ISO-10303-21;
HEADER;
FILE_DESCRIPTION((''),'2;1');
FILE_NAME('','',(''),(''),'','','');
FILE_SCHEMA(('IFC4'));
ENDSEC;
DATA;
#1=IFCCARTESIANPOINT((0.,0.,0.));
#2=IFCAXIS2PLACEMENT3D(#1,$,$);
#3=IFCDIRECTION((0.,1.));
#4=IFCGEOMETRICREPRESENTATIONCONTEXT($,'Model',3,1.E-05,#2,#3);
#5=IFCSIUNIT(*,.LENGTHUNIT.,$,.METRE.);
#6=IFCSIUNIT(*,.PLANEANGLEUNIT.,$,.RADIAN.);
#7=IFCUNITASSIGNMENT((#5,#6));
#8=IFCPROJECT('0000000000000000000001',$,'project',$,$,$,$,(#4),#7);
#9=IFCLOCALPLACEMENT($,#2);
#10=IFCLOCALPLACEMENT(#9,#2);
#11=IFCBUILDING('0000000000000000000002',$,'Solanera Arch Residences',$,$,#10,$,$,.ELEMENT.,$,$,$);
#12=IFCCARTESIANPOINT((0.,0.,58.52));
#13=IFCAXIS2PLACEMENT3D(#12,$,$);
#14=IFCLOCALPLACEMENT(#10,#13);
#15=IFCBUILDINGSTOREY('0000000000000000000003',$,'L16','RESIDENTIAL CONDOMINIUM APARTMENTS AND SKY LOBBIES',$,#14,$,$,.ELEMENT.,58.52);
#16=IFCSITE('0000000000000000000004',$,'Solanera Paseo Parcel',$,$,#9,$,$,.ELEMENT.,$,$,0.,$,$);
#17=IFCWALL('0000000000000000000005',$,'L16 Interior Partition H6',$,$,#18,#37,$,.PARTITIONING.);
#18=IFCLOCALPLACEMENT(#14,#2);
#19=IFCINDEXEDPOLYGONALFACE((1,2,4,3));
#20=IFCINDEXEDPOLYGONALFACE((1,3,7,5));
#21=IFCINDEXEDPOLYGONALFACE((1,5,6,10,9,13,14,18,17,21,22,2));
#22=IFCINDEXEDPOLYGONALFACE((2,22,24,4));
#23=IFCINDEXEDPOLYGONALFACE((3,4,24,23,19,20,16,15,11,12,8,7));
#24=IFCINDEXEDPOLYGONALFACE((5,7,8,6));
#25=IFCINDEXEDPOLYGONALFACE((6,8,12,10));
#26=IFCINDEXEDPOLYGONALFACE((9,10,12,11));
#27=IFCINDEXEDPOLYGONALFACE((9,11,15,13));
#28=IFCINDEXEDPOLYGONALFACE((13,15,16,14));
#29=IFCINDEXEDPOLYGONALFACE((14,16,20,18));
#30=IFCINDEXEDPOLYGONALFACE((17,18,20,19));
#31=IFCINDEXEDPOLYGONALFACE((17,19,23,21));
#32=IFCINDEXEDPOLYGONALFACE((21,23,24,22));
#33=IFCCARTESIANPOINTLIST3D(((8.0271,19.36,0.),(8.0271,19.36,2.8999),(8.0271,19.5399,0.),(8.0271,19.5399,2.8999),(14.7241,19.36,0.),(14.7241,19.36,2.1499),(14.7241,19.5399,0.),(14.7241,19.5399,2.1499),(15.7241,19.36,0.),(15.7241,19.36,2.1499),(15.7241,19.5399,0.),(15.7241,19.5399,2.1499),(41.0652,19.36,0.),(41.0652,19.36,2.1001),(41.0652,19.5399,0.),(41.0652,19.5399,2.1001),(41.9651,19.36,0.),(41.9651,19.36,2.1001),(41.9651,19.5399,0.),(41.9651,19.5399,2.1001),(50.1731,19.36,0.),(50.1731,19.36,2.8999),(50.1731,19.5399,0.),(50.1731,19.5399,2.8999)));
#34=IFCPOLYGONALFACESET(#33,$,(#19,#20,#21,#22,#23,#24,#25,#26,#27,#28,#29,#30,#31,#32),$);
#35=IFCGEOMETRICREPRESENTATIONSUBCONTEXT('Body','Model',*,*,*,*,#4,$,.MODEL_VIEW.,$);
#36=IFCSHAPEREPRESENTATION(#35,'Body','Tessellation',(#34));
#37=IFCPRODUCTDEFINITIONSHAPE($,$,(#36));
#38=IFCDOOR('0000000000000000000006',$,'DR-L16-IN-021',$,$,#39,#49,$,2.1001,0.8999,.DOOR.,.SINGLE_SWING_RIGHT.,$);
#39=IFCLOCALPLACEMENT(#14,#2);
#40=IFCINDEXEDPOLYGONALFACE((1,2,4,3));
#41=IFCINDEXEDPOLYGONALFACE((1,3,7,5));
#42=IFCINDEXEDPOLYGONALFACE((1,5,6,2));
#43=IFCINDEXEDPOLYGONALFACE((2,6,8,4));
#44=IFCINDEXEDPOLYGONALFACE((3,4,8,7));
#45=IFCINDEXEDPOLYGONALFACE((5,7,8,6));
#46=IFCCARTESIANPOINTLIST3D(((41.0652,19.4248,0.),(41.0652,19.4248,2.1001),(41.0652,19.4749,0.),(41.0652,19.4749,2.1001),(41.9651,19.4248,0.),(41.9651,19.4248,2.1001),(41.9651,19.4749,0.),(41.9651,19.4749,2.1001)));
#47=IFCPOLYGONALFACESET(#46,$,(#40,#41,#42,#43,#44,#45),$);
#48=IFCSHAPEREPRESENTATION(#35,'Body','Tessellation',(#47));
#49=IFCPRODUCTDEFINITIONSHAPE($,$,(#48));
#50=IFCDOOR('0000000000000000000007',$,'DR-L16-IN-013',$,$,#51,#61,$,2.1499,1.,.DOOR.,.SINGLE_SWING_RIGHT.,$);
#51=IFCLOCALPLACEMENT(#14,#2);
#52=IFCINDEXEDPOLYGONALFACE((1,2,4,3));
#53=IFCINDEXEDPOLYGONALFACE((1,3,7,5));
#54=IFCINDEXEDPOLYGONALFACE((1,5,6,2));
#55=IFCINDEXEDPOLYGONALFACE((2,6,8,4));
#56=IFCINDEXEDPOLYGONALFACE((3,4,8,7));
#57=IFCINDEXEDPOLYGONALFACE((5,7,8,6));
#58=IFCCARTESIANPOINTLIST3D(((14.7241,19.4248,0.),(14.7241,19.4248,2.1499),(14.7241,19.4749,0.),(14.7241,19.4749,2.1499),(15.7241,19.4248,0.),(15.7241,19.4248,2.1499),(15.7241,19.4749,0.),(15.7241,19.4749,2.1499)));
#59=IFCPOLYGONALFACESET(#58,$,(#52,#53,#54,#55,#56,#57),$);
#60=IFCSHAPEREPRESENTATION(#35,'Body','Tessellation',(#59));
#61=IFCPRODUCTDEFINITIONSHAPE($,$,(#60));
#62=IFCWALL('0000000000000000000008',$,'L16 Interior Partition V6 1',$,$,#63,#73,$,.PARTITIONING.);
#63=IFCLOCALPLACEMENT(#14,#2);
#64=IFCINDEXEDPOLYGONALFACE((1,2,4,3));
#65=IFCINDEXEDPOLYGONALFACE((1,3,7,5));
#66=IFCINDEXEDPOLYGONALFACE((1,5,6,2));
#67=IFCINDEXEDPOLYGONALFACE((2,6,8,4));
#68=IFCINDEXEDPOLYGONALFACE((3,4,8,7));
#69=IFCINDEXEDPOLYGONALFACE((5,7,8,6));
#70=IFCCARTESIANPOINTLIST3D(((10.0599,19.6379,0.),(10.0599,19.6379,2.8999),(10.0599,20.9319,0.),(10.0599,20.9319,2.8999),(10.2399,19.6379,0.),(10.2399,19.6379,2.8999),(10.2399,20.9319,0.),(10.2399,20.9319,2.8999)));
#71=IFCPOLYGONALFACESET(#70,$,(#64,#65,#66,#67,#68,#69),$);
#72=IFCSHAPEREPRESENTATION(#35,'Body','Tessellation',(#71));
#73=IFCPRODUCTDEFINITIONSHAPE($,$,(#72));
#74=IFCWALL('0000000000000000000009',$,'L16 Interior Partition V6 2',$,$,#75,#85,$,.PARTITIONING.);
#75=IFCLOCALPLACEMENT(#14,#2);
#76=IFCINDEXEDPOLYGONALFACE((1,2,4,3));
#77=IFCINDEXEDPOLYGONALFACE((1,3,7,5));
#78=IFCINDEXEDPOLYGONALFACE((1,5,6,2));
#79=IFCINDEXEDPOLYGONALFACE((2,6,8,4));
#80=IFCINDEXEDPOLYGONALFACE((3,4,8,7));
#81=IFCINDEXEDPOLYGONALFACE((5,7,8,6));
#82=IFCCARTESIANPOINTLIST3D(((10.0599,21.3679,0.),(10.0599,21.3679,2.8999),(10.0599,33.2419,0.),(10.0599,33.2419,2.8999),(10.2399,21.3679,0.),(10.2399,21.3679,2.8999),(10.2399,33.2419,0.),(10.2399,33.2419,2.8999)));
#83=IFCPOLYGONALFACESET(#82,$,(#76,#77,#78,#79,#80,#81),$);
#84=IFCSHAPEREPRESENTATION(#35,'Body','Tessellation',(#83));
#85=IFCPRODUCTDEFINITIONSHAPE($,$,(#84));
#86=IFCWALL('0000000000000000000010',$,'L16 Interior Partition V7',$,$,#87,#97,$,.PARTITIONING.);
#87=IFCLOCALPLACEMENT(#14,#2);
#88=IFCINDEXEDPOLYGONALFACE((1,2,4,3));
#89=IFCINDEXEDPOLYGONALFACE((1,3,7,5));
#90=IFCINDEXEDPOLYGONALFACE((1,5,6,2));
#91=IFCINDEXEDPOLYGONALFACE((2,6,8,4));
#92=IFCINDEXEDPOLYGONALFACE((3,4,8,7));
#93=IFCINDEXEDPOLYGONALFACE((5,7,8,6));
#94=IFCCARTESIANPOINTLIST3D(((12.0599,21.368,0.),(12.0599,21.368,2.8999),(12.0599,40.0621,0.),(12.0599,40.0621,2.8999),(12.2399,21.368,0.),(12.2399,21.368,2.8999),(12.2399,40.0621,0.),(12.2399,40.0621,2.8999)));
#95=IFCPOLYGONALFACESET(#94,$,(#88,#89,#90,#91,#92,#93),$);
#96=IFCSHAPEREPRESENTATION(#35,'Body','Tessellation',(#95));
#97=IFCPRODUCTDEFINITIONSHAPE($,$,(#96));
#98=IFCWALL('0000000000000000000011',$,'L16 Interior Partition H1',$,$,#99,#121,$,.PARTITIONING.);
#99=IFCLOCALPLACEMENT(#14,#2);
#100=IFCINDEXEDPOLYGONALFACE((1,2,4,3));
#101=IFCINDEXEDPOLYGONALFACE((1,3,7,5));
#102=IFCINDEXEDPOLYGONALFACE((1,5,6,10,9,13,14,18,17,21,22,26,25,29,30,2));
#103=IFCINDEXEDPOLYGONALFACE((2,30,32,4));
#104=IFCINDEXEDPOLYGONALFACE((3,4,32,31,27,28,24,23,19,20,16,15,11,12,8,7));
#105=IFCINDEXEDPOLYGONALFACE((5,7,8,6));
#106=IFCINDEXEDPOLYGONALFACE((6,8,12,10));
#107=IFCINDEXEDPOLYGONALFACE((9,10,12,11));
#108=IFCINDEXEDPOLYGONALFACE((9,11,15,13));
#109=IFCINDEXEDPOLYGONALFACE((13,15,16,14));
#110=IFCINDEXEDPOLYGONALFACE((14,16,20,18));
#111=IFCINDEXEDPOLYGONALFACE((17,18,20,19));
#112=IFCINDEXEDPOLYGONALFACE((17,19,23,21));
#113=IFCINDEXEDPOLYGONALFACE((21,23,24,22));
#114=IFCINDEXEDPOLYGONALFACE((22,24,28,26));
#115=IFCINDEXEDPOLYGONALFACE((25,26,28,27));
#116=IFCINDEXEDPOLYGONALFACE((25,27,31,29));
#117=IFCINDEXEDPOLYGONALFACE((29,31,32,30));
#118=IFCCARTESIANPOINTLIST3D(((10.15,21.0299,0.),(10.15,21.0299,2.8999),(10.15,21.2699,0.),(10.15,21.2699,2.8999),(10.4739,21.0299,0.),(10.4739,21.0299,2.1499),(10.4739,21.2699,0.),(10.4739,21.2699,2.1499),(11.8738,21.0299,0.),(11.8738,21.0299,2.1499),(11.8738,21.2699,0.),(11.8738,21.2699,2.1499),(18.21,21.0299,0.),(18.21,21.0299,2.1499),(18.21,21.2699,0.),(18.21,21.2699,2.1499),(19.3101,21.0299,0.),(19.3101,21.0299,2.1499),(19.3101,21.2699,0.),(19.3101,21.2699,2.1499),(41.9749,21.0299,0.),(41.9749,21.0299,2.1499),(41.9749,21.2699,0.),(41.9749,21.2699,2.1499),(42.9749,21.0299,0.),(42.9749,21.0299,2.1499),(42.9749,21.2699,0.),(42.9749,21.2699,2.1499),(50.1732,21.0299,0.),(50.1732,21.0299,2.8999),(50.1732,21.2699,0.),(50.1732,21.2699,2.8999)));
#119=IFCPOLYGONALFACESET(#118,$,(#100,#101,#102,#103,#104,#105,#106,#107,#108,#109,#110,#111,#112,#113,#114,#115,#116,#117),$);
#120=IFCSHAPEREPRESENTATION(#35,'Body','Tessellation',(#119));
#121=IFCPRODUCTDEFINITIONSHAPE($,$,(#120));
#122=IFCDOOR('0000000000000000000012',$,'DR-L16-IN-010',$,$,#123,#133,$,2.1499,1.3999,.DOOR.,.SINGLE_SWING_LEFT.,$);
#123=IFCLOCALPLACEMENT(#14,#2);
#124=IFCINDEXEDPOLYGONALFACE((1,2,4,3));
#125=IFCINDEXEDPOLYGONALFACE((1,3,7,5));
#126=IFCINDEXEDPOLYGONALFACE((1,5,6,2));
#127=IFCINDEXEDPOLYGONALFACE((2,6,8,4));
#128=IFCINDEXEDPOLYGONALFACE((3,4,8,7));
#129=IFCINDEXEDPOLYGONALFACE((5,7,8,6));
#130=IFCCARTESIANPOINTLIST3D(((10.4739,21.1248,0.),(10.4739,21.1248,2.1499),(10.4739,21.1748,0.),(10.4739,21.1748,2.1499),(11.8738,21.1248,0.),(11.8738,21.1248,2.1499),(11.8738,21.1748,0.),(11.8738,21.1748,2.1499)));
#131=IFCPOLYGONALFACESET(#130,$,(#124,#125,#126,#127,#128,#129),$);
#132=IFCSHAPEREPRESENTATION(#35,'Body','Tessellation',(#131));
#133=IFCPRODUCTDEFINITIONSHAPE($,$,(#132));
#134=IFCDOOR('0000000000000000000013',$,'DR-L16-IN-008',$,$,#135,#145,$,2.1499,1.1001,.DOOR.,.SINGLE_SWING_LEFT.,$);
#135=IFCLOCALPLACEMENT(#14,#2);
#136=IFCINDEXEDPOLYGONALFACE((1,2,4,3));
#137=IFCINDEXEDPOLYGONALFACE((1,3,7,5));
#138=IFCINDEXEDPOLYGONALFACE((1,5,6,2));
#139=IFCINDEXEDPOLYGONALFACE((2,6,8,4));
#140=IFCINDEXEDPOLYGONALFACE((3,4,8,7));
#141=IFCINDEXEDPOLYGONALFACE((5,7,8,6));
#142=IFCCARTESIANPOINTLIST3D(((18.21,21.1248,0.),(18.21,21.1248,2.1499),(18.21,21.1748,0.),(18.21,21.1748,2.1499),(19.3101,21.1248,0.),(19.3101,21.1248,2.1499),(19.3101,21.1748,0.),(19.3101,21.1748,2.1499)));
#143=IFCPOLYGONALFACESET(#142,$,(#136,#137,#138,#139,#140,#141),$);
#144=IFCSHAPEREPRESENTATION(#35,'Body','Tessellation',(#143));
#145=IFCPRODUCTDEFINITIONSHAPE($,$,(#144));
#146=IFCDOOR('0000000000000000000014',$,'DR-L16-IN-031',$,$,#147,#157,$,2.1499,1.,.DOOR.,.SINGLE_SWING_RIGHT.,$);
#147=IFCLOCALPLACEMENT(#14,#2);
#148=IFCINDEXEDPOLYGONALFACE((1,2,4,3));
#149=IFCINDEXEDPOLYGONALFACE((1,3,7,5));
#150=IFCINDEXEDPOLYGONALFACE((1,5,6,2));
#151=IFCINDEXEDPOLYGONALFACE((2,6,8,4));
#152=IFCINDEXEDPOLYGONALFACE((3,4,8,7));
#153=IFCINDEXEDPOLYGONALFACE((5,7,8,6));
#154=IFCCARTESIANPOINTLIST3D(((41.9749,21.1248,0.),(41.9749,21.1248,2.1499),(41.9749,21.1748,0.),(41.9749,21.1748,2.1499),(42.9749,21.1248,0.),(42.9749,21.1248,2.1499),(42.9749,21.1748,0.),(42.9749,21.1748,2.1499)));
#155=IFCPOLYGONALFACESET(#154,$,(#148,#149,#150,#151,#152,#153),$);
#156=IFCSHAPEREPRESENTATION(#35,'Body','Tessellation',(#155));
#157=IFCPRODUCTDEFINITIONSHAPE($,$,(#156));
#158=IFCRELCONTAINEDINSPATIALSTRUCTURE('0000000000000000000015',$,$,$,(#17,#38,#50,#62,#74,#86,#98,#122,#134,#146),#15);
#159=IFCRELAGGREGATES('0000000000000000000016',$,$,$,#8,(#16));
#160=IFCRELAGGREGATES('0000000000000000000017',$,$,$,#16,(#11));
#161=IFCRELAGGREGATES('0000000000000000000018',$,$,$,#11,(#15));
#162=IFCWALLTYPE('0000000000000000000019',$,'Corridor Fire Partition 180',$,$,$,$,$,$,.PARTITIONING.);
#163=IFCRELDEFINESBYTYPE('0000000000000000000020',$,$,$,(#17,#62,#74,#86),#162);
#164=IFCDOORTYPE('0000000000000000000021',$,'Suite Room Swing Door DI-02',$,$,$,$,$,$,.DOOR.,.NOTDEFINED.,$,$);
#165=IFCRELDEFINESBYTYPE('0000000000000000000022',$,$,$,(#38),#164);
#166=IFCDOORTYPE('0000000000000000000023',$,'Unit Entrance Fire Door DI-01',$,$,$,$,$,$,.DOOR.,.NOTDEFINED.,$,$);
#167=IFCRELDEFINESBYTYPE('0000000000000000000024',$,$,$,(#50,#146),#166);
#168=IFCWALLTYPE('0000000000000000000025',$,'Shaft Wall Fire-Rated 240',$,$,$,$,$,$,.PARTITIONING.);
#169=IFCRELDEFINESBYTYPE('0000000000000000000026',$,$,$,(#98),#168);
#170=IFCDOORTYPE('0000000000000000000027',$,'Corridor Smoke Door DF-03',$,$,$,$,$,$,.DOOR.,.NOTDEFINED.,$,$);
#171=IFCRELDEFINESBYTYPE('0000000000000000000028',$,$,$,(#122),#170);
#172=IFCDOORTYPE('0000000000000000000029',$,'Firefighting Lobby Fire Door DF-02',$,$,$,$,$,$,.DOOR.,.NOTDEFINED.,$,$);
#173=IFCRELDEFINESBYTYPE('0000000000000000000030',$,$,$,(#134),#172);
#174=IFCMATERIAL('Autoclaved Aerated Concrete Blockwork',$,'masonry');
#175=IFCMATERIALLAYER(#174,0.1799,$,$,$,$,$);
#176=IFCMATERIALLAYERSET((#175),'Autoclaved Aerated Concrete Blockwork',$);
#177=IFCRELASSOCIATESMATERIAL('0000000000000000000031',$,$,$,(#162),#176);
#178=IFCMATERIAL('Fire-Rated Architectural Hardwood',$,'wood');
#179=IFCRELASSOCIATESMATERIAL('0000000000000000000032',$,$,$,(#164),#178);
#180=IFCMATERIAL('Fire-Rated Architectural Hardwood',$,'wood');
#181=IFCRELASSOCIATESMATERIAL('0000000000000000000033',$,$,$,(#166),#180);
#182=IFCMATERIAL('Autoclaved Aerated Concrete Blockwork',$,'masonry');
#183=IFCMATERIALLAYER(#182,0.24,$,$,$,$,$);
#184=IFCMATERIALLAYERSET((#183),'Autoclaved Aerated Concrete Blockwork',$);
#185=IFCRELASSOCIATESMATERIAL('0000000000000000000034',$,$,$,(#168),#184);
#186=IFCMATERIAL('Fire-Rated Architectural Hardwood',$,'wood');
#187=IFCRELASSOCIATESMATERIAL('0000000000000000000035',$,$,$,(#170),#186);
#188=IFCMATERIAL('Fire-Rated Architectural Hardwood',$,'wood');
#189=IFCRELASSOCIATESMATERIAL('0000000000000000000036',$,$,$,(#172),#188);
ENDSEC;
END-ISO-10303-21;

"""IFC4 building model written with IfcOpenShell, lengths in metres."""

from ifc_helpers import new_model, si_unit, direction, frame, frame_2d, origin, place, context, subcontext, project, spatial, rectangle, extrude, material, layer, layer_set, type_object, element, fill, save


model = new_model("IFC4")

# Units and contexts
model_context = context("Model", 3, precision=1e-05, world=origin(), true_north=direction((0.0, 1.0)))
body_context = subcontext(model_context, "Body", "Model", "MODEL_VIEW")
ifc_project = project(units=[si_unit("LENGTHUNIT", "METRE"), si_unit("PLANEANGLEUNIT", "RADIAN")], contexts=[model_context])

# Site, building, storey
site_placement = place(None, origin())
site = spatial("IfcSite", under=ifc_project, at=site_placement, Name="Solanera Paseo Parcel", CompositionType="ELEMENT", RefElevation=0.0)
building_placement = place(site_placement, origin())
building = spatial("IfcBuilding", under=site, at=building_placement, Name="Solanera Arch Residences", CompositionType="ELEMENT")
storey_placement = place(building_placement, frame((0.0, 0.0, 58.52)))
storey = spatial("IfcBuildingStorey", under=building, at=storey_placement, Name="L16", Description="RESIDENTIAL CONDOMINIUM APARTMENTS AND SKY LOBBIES", CompositionType="ELEMENT", Elevation=58.52)

# Wall, openings, doors
ifc_material_1 = material(Name="Autoclaved Aerated Concrete Blockwork", Category="masonry")
ifc_layer_1 = layer(ifc_material_1, 0.1799)
ifc_layer_set_1 = layer_set([ifc_layer_1], Name="Autoclaved Aerated Concrete Blockwork")
wall_type_1 = type_object("IfcWallType", Name="Corridor Fire Partition 180", PredefinedType="PARTITIONING", material=ifc_layer_set_1)
wall_1_placement = place(storey_placement, frame((8.0271, 19.45, 0.0), z_axis=(0.0, 0.0, 1.0), x_axis=(1.0, 0.0, 0.0)))
wall_1 = element("IfcWall", 1, at=wall_1_placement, inside=storey, type_object=wall_type_1, Name="L16 Interior Partition H6", PredefinedType="PARTITIONING", context=body_context, shape_type="SweptSolid", body=[
    extrude(rectangle(XDim=42.146, YDim=0.1799, at=frame_2d((21.073, 0.0))), origin(), (0.0, 0.0, 1.0), 2.8999),
])
opening_1_placement = place(wall_1_placement, frame((6.697, 0.0, 0.0)))
opening_1 = element("IfcOpeningElement", 2, at=opening_1_placement, cuts=wall_1, PredefinedType="OPENING", context=body_context, shape_type="SweptSolid", body=[
    extrude(rectangle(XDim=1.0, YDim=2.1499, at=frame_2d((0.5, 1.075))), frame((0.0, 0.1001, 0.0), z_axis=(0.0, -1.0, 0.0), x_axis=(1.0, 0.0, 0.0)), (0.0, 0.0, 1.0), 0.1999),
])
opening_2_placement = place(wall_1_placement, frame((33.0381, 0.0, 0.0)))
opening_2 = element("IfcOpeningElement", 3, at=opening_2_placement, cuts=wall_1, PredefinedType="OPENING", context=body_context, shape_type="SweptSolid", body=[
    extrude(rectangle(XDim=0.8999, YDim=2.1001, at=frame_2d((0.45, 1.05))), frame((0.0, 0.1001, 0.0), z_axis=(0.0, -1.0, 0.0), x_axis=(1.0, 0.0, 0.0)), (0.0, 0.0, 1.0), 0.1999),
])
ifc_material_2 = material(Name="Fire-Rated Architectural Hardwood", Category="wood")
door_type_1 = type_object("IfcDoorType", Name="Suite Room Swing Door DI-02", OperationType="NOTDEFINED", PredefinedType="DOOR", material=ifc_material_2)
door_1_placement = place(opening_2_placement, origin())
door_1 = element("IfcDoor", 4, at=door_1_placement, inside=storey, type_object=door_type_1, Name="DR-L16-IN-021", OperationType="SINGLE_SWING_RIGHT", OverallHeight=2.1001, OverallWidth=0.8999, PredefinedType="DOOR", context=body_context, shape_type="SweptSolid", body=[
    extrude(rectangle(XDim=0.8999, YDim=2.1001, at=frame_2d((0.45, 1.05))), frame((0.0, 0.0249, 0.0), z_axis=(0.0, -1.0, 0.0), x_axis=(1.0, 0.0, 0.0)), (0.0, 0.0, 1.0), 0.05),
])
fill(opening_2, door_1)
ifc_material_3 = material(Name="Fire-Rated Architectural Hardwood", Category="wood")
door_type_2 = type_object("IfcDoorType", Name="Unit Entrance Fire Door DI-01", OperationType="NOTDEFINED", PredefinedType="DOOR", material=ifc_material_3)
door_2_placement = place(opening_1_placement, origin())
door_2 = element("IfcDoor", 5, at=door_2_placement, inside=storey, type_object=door_type_2, Name="DR-L16-IN-013", OperationType="SINGLE_SWING_RIGHT", OverallHeight=2.1499, OverallWidth=1.0, PredefinedType="DOOR", context=body_context, shape_type="SweptSolid", body=[
    extrude(rectangle(XDim=1.0, YDim=2.1499, at=frame_2d((0.5, 1.075))), frame((0.0, 0.0249, 0.0), z_axis=(0.0, -1.0, 0.0), x_axis=(1.0, 0.0, 0.0)), (0.0, 0.0, 1.0), 0.05),
])
fill(opening_1, door_2)

# Walls
wall_2_placement = place(storey_placement, frame((10.1499, 19.6379, 0.0), z_axis=(0.0, 0.0, 1.0), x_axis=(0.0, 1.0, 0.0)))
element("IfcWall", 6, at=wall_2_placement, inside=storey, type_object=wall_type_1, Name="L16 Interior Partition V6 1", PredefinedType="PARTITIONING", context=body_context, shape_type="SweptSolid", body=[
    extrude(rectangle(XDim=1.2939, YDim=0.1799, at=frame_2d((0.647, 0.0))), origin(), (0.0, 0.0, 1.0), 2.8999),
])
wall_3_placement = place(storey_placement, frame((10.1499, 21.3679, 0.0), z_axis=(0.0, 0.0, 1.0), x_axis=(0.0, 1.0, 0.0)))
element("IfcWall", 7, at=wall_3_placement, inside=storey, type_object=wall_type_1, Name="L16 Interior Partition V6 2", PredefinedType="PARTITIONING", context=body_context, shape_type="SweptSolid", body=[
    extrude(rectangle(XDim=11.874, YDim=0.1799, at=frame_2d((5.937, 0.0))), origin(), (0.0, 0.0, 1.0), 2.8999),
])
wall_4_placement = place(storey_placement, frame((12.1499, 21.3679, 0.0), z_axis=(0.0, 0.0, 1.0), x_axis=(0.0, 1.0, 0.0)))
element("IfcWall", 8, at=wall_4_placement, inside=storey, type_object=wall_type_1, Name="L16 Interior Partition V7", PredefinedType="PARTITIONING", context=body_context, shape_type="SweptSolid", body=[
    extrude(rectangle(XDim=18.6941, YDim=0.1799, at=frame_2d((9.3472, 0.0))), origin(), (0.0, 0.0, 1.0), 2.8999),
])

# Wall, openings, doors
ifc_material_4 = material(Name="Autoclaved Aerated Concrete Blockwork", Category="masonry")
ifc_layer_2 = layer(ifc_material_4, 0.24)
ifc_layer_set_2 = layer_set([ifc_layer_2], Name="Autoclaved Aerated Concrete Blockwork")
wall_type_2 = type_object("IfcWallType", Name="Shaft Wall Fire-Rated 240", PredefinedType="PARTITIONING", material=ifc_layer_set_2)
wall_5_placement = place(storey_placement, frame((10.1499, 21.1499, 0.0), z_axis=(0.0, 0.0, 1.0), x_axis=(1.0, 0.0, 0.0)))
wall_5 = element("IfcWall", 9, at=wall_5_placement, inside=storey, type_object=wall_type_2, Name="L16 Interior Partition H1", PredefinedType="PARTITIONING", context=body_context, shape_type="SweptSolid", body=[
    extrude(rectangle(XDim=40.0232, YDim=0.24, at=frame_2d((20.0117, 0.0))), origin(), (0.0, 0.0, 1.0), 2.8999),
])
opening_3_placement = place(wall_5_placement, frame((8.0601, 0.0, 0.0)))
opening_3 = element("IfcOpeningElement", 10, at=opening_3_placement, cuts=wall_5, PredefinedType="OPENING", context=body_context, shape_type="SweptSolid", body=[
    extrude(rectangle(XDim=1.1001, YDim=2.1499, at=frame_2d((0.55, 1.075))), frame((0.0, 0.1299, 0.0), z_axis=(0.0, -1.0, 0.0), x_axis=(1.0, 0.0, 0.0)), (0.0, 0.0, 1.0), 0.26),
])
opening_4_placement = place(wall_5_placement, frame((0.324, 0.0, 0.0)))
opening_4 = element("IfcOpeningElement", 11, at=opening_4_placement, cuts=wall_5, PredefinedType="OPENING", context=body_context, shape_type="SweptSolid", body=[
    extrude(rectangle(XDim=1.3999, YDim=2.1499, at=frame_2d((0.7, 1.075))), frame((0.0, 0.1299, 0.0), z_axis=(0.0, -1.0, 0.0), x_axis=(1.0, 0.0, 0.0)), (0.0, 0.0, 1.0), 0.26),
])
opening_5_placement = place(wall_5_placement, frame((31.825, 0.0, 0.0)))
opening_5 = element("IfcOpeningElement", 12, at=opening_5_placement, cuts=wall_5, PredefinedType="OPENING", context=body_context, shape_type="SweptSolid", body=[
    extrude(rectangle(XDim=1.0, YDim=2.1499, at=frame_2d((0.5, 1.075))), frame((0.0, 0.1299, 0.0), z_axis=(0.0, -1.0, 0.0), x_axis=(1.0, 0.0, 0.0)), (0.0, 0.0, 1.0), 0.26),
])
ifc_material_5 = material(Name="Fire-Rated Architectural Hardwood", Category="wood")
door_type_3 = type_object("IfcDoorType", Name="Corridor Smoke Door DF-03", OperationType="NOTDEFINED", PredefinedType="DOOR", material=ifc_material_5)
door_3_placement = place(opening_4_placement, origin())
door_3 = element("IfcDoor", 13, at=door_3_placement, inside=storey, type_object=door_type_3, Name="DR-L16-IN-010", OperationType="SINGLE_SWING_LEFT", OverallHeight=2.1499, OverallWidth=1.3999, PredefinedType="DOOR", context=body_context, shape_type="SweptSolid", body=[
    extrude(rectangle(XDim=1.3999, YDim=2.1499, at=frame_2d((0.7, 1.075))), frame((0.0, 0.0249, 0.0), z_axis=(0.0, -1.0, 0.0), x_axis=(1.0, 0.0, 0.0)), (0.0, 0.0, 1.0), 0.05),
])
fill(opening_4, door_3)
ifc_material_6 = material(Name="Fire-Rated Architectural Hardwood", Category="wood")
door_type_4 = type_object("IfcDoorType", Name="Firefighting Lobby Fire Door DF-02", OperationType="NOTDEFINED", PredefinedType="DOOR", material=ifc_material_6)
door_4_placement = place(opening_3_placement, origin())
door_4 = element("IfcDoor", 14, at=door_4_placement, inside=storey, type_object=door_type_4, Name="DR-L16-IN-008", OperationType="SINGLE_SWING_LEFT", OverallHeight=2.1499, OverallWidth=1.1001, PredefinedType="DOOR", context=body_context, shape_type="SweptSolid", body=[
    extrude(rectangle(XDim=1.1001, YDim=2.1499, at=frame_2d((0.55, 1.075))), frame((0.0, 0.0249, 0.0), z_axis=(0.0, -1.0, 0.0), x_axis=(1.0, 0.0, 0.0)), (0.0, 0.0, 1.0), 0.05),
])
fill(opening_3, door_4)
door_5_placement = place(opening_5_placement, origin())
door_5 = element("IfcDoor", 15, at=door_5_placement, inside=storey, type_object=door_type_2, Name="DR-L16-IN-031", OperationType="SINGLE_SWING_RIGHT", OverallHeight=2.1499, OverallWidth=1.0, PredefinedType="DOOR", context=body_context, shape_type="SweptSolid", body=[
    extrude(rectangle(XDim=1.0, YDim=2.1499, at=frame_2d((0.5, 1.075))), frame((0.0, 0.0249, 0.0), z_axis=(0.0, -1.0, 0.0), x_axis=(1.0, 0.0, 0.0)), (0.0, 0.0, 1.0), 0.05),
])
fill(opening_5, door_5)

save(model, "model.ifc")
